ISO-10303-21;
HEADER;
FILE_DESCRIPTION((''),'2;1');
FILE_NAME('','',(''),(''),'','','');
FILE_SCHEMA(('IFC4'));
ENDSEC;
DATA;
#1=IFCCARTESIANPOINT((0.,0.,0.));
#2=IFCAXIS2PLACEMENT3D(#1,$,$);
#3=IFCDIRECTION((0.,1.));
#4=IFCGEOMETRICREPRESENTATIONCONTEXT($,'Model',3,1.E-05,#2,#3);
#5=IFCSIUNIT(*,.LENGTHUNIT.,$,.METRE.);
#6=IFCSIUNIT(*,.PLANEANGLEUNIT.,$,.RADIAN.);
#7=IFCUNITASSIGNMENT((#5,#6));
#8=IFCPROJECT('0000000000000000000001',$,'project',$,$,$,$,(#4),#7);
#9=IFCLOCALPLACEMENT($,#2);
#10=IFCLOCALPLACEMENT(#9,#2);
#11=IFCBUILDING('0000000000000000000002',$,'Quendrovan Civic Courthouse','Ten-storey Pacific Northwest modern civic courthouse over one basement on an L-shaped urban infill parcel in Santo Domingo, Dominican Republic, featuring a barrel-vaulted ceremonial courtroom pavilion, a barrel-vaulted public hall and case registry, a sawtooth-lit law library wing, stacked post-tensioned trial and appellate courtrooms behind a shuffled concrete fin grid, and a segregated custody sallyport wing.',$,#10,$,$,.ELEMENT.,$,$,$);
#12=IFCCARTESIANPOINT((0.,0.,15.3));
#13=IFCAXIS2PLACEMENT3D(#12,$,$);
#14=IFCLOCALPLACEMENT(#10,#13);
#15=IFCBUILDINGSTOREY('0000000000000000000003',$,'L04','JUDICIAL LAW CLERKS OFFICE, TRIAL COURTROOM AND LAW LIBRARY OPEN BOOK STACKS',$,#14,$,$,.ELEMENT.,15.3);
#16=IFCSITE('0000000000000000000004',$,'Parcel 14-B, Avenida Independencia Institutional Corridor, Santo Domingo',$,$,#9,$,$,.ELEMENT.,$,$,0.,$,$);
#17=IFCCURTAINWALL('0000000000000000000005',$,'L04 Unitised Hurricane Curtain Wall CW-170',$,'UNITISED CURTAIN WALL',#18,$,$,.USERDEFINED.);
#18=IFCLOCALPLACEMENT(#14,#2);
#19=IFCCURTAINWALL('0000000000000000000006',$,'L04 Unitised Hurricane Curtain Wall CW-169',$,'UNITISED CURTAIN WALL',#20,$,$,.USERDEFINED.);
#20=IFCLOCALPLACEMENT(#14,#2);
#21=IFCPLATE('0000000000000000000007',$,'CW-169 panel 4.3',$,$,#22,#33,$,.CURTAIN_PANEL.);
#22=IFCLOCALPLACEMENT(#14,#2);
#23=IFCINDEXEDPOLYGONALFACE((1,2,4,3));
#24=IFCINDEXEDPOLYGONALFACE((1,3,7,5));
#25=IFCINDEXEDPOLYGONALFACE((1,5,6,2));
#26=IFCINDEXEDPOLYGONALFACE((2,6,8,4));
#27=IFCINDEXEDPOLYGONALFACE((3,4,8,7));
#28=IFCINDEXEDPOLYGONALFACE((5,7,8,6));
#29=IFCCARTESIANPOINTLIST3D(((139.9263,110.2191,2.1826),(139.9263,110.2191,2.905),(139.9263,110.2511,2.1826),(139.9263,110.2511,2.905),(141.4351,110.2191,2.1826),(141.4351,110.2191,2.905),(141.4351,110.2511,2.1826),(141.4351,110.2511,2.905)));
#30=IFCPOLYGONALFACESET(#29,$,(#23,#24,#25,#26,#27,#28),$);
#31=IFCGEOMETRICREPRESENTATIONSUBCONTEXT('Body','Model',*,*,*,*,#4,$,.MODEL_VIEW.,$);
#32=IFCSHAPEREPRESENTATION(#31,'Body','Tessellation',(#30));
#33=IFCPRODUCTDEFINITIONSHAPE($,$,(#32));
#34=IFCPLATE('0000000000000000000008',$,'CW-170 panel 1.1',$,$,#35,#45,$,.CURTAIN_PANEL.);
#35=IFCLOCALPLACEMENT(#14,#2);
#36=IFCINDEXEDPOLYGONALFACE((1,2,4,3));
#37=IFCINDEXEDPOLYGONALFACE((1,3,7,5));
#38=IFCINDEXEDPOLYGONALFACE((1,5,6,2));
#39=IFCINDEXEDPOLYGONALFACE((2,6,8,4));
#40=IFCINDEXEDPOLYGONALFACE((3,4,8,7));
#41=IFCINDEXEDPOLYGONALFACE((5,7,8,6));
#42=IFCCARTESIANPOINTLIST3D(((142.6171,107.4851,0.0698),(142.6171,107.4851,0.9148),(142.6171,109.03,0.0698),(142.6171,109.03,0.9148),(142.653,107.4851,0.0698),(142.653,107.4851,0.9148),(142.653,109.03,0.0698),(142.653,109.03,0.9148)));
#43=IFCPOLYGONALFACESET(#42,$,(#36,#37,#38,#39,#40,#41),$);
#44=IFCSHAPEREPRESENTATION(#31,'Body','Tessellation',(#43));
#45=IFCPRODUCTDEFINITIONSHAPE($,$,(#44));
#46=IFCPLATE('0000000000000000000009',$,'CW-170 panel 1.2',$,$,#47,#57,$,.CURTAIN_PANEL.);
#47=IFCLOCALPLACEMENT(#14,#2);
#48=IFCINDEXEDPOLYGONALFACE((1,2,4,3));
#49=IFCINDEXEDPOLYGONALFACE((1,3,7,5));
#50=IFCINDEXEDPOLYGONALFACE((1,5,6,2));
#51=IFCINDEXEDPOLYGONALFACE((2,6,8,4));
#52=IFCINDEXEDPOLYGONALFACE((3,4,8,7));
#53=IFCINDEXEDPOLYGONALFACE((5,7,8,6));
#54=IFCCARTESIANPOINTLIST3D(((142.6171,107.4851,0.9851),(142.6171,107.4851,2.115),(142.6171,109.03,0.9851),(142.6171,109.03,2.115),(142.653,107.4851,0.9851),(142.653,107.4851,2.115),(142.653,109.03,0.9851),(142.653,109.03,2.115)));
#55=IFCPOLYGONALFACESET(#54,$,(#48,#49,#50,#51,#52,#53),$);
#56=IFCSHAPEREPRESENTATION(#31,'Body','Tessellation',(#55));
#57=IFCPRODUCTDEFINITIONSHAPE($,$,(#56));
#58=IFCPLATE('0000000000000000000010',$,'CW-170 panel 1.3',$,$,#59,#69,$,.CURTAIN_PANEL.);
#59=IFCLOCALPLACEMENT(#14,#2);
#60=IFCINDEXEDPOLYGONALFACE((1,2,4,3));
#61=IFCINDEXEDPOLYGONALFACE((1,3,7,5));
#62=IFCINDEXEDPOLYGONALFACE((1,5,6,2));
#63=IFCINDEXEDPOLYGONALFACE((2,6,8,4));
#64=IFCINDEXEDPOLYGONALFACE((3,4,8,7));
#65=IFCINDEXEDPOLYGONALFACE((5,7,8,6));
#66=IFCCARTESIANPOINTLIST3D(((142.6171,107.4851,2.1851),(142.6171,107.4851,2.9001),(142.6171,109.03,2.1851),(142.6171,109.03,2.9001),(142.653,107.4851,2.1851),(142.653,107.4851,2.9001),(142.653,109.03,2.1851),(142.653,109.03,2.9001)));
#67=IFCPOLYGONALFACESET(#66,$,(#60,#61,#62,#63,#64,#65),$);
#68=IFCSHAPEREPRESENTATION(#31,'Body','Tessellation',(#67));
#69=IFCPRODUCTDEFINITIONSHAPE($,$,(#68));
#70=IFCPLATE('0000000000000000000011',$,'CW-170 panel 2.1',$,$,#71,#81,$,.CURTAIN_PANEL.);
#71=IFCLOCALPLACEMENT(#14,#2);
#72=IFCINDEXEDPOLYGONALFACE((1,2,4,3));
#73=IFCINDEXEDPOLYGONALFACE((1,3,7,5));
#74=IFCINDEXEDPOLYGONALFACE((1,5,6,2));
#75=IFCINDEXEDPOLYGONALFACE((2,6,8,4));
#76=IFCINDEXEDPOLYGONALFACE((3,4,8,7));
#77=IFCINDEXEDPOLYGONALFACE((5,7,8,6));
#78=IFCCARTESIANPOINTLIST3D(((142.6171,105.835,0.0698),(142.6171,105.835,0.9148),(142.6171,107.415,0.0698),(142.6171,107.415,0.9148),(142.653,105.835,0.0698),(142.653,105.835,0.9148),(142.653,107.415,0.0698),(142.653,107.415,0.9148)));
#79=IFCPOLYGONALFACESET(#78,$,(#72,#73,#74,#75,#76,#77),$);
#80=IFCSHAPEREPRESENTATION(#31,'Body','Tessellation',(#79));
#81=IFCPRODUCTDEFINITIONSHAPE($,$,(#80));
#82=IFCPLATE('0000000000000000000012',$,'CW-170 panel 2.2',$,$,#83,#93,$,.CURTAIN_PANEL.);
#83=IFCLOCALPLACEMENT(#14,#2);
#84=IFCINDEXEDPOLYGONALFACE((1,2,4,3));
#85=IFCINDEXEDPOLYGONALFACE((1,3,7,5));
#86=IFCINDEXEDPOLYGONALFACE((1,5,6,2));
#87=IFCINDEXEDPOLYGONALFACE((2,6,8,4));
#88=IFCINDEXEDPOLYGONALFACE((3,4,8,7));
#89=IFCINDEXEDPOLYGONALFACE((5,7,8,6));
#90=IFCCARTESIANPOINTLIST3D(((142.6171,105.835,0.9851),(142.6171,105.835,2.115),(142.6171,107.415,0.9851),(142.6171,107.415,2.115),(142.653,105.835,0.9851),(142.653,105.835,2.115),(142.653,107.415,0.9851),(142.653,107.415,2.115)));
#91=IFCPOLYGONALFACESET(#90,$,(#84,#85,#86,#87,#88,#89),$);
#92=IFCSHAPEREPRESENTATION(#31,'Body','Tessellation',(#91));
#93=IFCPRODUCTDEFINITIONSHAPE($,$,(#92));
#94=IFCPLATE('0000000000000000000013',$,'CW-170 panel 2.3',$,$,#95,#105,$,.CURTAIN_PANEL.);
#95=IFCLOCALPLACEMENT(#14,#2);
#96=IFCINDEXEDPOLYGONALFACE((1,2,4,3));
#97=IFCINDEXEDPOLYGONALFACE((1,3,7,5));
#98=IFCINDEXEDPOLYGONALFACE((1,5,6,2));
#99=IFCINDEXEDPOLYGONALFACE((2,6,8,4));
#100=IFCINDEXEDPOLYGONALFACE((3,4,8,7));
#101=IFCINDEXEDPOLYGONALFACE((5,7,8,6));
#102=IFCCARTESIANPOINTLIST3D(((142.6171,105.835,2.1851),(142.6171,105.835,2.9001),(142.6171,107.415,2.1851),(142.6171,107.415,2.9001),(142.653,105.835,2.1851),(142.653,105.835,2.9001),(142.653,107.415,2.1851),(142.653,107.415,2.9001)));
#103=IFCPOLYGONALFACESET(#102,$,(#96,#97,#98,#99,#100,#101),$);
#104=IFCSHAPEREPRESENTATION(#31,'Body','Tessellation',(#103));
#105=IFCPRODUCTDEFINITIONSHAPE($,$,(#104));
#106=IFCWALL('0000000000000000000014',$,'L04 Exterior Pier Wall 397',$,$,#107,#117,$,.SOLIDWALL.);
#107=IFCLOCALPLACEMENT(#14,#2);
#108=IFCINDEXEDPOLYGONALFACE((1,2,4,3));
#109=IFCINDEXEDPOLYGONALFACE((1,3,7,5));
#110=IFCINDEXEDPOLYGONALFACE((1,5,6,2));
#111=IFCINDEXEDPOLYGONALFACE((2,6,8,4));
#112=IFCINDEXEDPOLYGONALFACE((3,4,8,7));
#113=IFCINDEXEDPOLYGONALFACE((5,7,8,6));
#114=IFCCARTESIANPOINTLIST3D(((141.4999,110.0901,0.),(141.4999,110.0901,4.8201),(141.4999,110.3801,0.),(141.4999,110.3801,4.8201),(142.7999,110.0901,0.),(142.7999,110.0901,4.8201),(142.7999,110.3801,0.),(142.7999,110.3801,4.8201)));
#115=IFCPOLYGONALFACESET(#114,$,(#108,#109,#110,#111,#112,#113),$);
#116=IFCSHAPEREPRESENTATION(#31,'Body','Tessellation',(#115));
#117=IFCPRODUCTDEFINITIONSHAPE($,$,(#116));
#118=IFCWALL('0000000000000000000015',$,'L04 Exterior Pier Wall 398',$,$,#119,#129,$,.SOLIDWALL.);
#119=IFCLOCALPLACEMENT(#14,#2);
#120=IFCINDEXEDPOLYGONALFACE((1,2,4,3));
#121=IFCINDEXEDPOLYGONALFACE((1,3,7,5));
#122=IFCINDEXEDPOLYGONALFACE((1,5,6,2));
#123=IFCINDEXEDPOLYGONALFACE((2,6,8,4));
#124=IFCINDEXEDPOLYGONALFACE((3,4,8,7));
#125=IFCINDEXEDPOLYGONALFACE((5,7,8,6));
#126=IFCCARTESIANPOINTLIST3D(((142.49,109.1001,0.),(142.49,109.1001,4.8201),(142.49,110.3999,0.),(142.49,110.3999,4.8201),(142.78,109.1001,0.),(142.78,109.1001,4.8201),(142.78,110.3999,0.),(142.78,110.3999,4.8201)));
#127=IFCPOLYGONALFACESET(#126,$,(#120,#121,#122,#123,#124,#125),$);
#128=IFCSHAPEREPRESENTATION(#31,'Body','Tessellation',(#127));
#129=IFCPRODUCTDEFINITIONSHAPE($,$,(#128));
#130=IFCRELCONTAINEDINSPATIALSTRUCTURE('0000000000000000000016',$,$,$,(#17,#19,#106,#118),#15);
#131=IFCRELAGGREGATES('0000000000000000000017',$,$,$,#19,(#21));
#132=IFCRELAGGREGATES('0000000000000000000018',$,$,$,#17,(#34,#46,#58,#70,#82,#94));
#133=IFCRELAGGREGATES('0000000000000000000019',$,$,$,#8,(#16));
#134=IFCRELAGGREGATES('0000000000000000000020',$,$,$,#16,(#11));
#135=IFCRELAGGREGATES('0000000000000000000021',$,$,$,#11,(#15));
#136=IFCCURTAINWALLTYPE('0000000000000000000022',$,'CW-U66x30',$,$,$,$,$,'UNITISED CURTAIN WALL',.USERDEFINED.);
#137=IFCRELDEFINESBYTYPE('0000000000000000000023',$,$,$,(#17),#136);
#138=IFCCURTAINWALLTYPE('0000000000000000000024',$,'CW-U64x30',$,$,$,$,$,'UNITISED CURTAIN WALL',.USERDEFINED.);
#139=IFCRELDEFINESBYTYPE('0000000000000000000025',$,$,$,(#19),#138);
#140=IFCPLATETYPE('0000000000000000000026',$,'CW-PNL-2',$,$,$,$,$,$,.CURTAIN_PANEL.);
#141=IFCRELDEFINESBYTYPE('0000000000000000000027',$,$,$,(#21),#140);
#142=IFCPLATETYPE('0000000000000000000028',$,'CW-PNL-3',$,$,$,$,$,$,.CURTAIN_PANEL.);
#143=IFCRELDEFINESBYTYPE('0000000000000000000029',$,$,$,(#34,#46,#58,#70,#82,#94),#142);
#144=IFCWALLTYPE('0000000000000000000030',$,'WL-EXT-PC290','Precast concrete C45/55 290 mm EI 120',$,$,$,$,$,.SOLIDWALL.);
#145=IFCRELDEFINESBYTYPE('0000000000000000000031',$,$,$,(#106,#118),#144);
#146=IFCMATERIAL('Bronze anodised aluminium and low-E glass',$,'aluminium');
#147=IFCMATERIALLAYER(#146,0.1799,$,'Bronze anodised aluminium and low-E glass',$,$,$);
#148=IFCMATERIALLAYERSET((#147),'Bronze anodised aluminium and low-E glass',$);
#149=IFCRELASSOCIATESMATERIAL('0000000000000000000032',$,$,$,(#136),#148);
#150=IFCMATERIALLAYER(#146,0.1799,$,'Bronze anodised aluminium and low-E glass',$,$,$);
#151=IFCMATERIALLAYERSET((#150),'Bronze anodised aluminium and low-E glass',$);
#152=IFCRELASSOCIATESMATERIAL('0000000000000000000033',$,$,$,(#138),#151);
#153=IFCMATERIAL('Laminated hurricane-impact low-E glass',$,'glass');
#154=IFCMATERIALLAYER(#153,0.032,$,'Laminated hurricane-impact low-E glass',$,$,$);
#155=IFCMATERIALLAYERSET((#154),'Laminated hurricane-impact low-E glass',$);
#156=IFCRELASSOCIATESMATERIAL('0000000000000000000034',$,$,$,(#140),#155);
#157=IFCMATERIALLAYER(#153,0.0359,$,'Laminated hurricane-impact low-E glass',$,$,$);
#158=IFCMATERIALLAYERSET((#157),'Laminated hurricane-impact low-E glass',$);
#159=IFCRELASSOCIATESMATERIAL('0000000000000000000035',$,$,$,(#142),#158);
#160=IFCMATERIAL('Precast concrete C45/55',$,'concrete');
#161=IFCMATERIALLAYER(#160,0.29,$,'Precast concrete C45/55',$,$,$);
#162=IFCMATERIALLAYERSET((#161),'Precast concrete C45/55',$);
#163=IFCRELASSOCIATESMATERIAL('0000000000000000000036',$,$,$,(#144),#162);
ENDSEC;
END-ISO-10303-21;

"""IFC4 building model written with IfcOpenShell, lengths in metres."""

from ifc_helpers import new_model, si_unit, direction, frame, frame_2d, origin, origin_2d, place, context, subcontext, project, spatial, rectangle, extrude, material, layer, layer_set, type_object, element, aggregate, save


model = new_model("IFC4")

# Units and contexts
model_context = context("Model", 3, precision=1e-05, world=origin(), true_north=direction((0.0, 1.0)))
body_context = subcontext(model_context, "Body", "Model", "MODEL_VIEW")
ifc_project = project(units=[si_unit("LENGTHUNIT", "METRE"), si_unit("PLANEANGLEUNIT", "RADIAN")], contexts=[model_context])

# Site, building, storey
site_placement = place(None, origin())
site = spatial("IfcSite", under=ifc_project, at=site_placement, Name="Parcel 14-B, Avenida Independencia Institutional Corridor, Santo Domingo", CompositionType="ELEMENT", RefElevation=0.0)
building_placement = place(site_placement, origin())
building = spatial("IfcBuilding", under=site, at=building_placement, Name="Quendrovan Civic Courthouse", Description="Ten-storey Pacific Northwest modern civic courthouse over one basement on an L-shaped urban infill parcel in Santo Domingo, Dominican Republic, featuring a barrel-vaulted ceremonial courtroom pavilion, a barrel-vaulted public hall and case registry, a sawtooth-lit law library wing, stacked post-tensioned trial and appellate courtrooms behind a shuffled concrete fin grid, and a segregated custody sallyport wing.", CompositionType="ELEMENT")
storey_placement = place(building_placement, frame((0.0, 0.0, 15.3)))
storey = spatial("IfcBuildingStorey", under=building, at=storey_placement, Name="L04", Description="JUDICIAL LAW CLERKS OFFICE, TRIAL COURTROOM AND LAW LIBRARY OPEN BOOK STACKS", CompositionType="ELEMENT", Elevation=15.3)

# Curtain walls
ifc_material_1 = material(Name="Bronze anodised aluminium and low-E glass", Category="aluminium")
ifc_layer_1 = layer(ifc_material_1, 0.1799, Name="Bronze anodised aluminium and low-E glass")
ifc_layer_set_1 = layer_set([ifc_layer_1], Name="Bronze anodised aluminium and low-E glass")
curtain_wall_type_1 = type_object("IfcCurtainWallType", Name="CW-U66x30", ElementType="UNITISED CURTAIN WALL", PredefinedType="USERDEFINED", material=ifc_layer_set_1)
curtain_wall_1_placement = place(storey_placement, origin())
curtain_wall_1 = element("IfcCurtainWall", 1, at=curtain_wall_1_placement, inside=storey, type_object=curtain_wall_type_1, Name="L04 Unitised Hurricane Curtain Wall CW-170", ObjectType="UNITISED CURTAIN WALL", PredefinedType="USERDEFINED")
ifc_layer_2 = layer(ifc_material_1, 0.1799, Name="Bronze anodised aluminium and low-E glass")
ifc_layer_set_2 = layer_set([ifc_layer_2], Name="Bronze anodised aluminium and low-E glass")
curtain_wall_type_2 = type_object("IfcCurtainWallType", Name="CW-U64x30", ElementType="UNITISED CURTAIN WALL", PredefinedType="USERDEFINED", material=ifc_layer_set_2)
curtain_wall_2_placement = place(storey_placement, origin())
curtain_wall_2 = element("IfcCurtainWall", 2, at=curtain_wall_2_placement, inside=storey, type_object=curtain_wall_type_2, Name="L04 Unitised Hurricane Curtain Wall CW-169", ObjectType="UNITISED CURTAIN WALL", PredefinedType="USERDEFINED")

# Plates
ifc_material_2 = material(Name="Laminated hurricane-impact low-E glass", Category="glass")
ifc_layer_3 = layer(ifc_material_2, 0.032, Name="Laminated hurricane-impact low-E glass")
ifc_layer_set_3 = layer_set([ifc_layer_3], Name="Laminated hurricane-impact low-E glass")
plate_type_1 = type_object("IfcPlateType", Name="CW-PNL-2", PredefinedType="CURTAIN_PANEL", material=ifc_layer_set_3)
plate_1_placement = place(storey_placement, frame((140.6807, 110.2351, 2.1826), z_axis=(0.0, 0.0, 1.0), x_axis=(1.0, 0.0, 0.0)))
plate_1 = element("IfcPlate", 3, at=plate_1_placement, type_object=plate_type_1, Name="CW-169 panel 4.3", PredefinedType="CURTAIN_PANEL", context=body_context, shape_type="SweptSolid", body=[
    extrude(rectangle(XDim=1.5088, YDim=0.032, at=origin_2d()), origin(), (0.0, 0.0, 1.0), 0.7224),
])
aggregate(curtain_wall_2, [plate_1])
ifc_layer_4 = layer(ifc_material_2, 0.0359, Name="Laminated hurricane-impact low-E glass")
ifc_layer_set_4 = layer_set([ifc_layer_4], Name="Laminated hurricane-impact low-E glass")
plate_type_2 = type_object("IfcPlateType", Name="CW-PNL-3", PredefinedType="CURTAIN_PANEL", material=ifc_layer_set_4)
plate_2_placement = place(storey_placement, frame((142.635, 108.2576, 0.0698), z_axis=(0.0, 0.0, 1.0), x_axis=(0.0, -1.0, 0.0)))
plate_2 = element("IfcPlate", 4, at=plate_2_placement, type_object=plate_type_2, Name="CW-170 panel 1.1", PredefinedType="CURTAIN_PANEL", context=body_context, shape_type="SweptSolid", body=[
    extrude(rectangle(XDim=1.5449, YDim=0.0359, at=origin_2d()), origin(), (0.0, 0.0, 1.0), 0.845),
])
plate_3_placement = place(storey_placement, frame((142.635, 108.2576, 0.9851), z_axis=(0.0, 0.0, 1.0), x_axis=(0.0, -1.0, 0.0)))
plate_3 = element("IfcPlate", 5, at=plate_3_placement, type_object=plate_type_2, Name="CW-170 panel 1.2", PredefinedType="CURTAIN_PANEL", context=body_context, shape_type="SweptSolid", body=[
    extrude(rectangle(XDim=1.5449, YDim=0.0359, at=origin_2d()), origin(), (0.0, 0.0, 1.0), 1.1299),
])
plate_4_placement = place(storey_placement, frame((142.635, 108.2576, 2.1851), z_axis=(0.0, 0.0, 1.0), x_axis=(0.0, -1.0, 0.0)))
plate_4 = element("IfcPlate", 6, at=plate_4_placement, type_object=plate_type_2, Name="CW-170 panel 1.3", PredefinedType="CURTAIN_PANEL", context=body_context, shape_type="SweptSolid", body=[
    extrude(rectangle(XDim=1.5449, YDim=0.0359, at=origin_2d()), origin(), (0.0, 0.0, 1.0), 0.7151),
])
plate_5_placement = place(storey_placement, frame((142.635, 106.625, 0.0698), z_axis=(0.0, 0.0, 1.0), x_axis=(0.0, -1.0, 0.0)))
plate_5 = element("IfcPlate", 7, at=plate_5_placement, type_object=plate_type_2, Name="CW-170 panel 2.1", PredefinedType="CURTAIN_PANEL", context=body_context, shape_type="SweptSolid", body=[
    extrude(rectangle(XDim=1.5801, YDim=0.0359, at=origin_2d()), origin(), (0.0, 0.0, 1.0), 0.845),
])
plate_6_placement = place(storey_placement, frame((142.635, 106.625, 0.9851), z_axis=(0.0, 0.0, 1.0), x_axis=(0.0, -1.0, 0.0)))
plate_6 = element("IfcPlate", 8, at=plate_6_placement, type_object=plate_type_2, Name="CW-170 panel 2.2", PredefinedType="CURTAIN_PANEL", context=body_context, shape_type="SweptSolid", body=[
    extrude(rectangle(XDim=1.5801, YDim=0.0359, at=origin_2d()), origin(), (0.0, 0.0, 1.0), 1.1299),
])
plate_7_placement = place(storey_placement, frame((142.635, 106.625, 2.1851), z_axis=(0.0, 0.0, 1.0), x_axis=(0.0, -1.0, 0.0)))
plate_7 = element("IfcPlate", 9, at=plate_7_placement, type_object=plate_type_2, Name="CW-170 panel 2.3", PredefinedType="CURTAIN_PANEL", context=body_context, shape_type="SweptSolid", body=[
    extrude(rectangle(XDim=1.5801, YDim=0.0359, at=origin_2d()), origin(), (0.0, 0.0, 1.0), 0.7151),
])
aggregate(curtain_wall_1, [plate_2, plate_3, plate_4, plate_5, plate_6, plate_7])

# Walls
ifc_material_3 = material(Name="Precast concrete C45/55", Category="concrete")
ifc_layer_5 = layer(ifc_material_3, 0.29, Name="Precast concrete C45/55")
ifc_layer_set_5 = layer_set([ifc_layer_5], Name="Precast concrete C45/55")
wall_type = type_object("IfcWallType", Name="WL-EXT-PC290", Description="Precast concrete C45/55 290 mm EI 120", PredefinedType="SOLIDWALL", material=ifc_layer_set_5)
wall_1_placement = place(storey_placement, frame((141.5, 110.2351, 0.0), z_axis=(0.0, 0.0, 1.0), x_axis=(1.0, 0.0, 0.0)))
element("IfcWall", 10, at=wall_1_placement, inside=storey, type_object=wall_type, Name="L04 Exterior Pier Wall 397", PredefinedType="SOLIDWALL", context=body_context, shape_type="SweptSolid", body=[
    extrude(rectangle(XDim=1.3, YDim=0.29, at=frame_2d((0.6499, 0.0))), origin(), (0.0, 0.0, 1.0), 4.8201),
])
wall_2_placement = place(storey_placement, frame((142.635, 110.3999, 0.0), z_axis=(0.0, 0.0, 1.0), x_axis=(0.0, -1.0, 0.0)))
element("IfcWall", 11, at=wall_2_placement, inside=storey, type_object=wall_type, Name="L04 Exterior Pier Wall 398", PredefinedType="SOLIDWALL", context=body_context, shape_type="SweptSolid", body=[
    extrude(rectangle(XDim=1.2998, YDim=0.29, at=frame_2d((0.6499, 0.0))), origin(), (0.0, 0.0, 1.0), 4.8201),
])

save(model, "model.ifc")
